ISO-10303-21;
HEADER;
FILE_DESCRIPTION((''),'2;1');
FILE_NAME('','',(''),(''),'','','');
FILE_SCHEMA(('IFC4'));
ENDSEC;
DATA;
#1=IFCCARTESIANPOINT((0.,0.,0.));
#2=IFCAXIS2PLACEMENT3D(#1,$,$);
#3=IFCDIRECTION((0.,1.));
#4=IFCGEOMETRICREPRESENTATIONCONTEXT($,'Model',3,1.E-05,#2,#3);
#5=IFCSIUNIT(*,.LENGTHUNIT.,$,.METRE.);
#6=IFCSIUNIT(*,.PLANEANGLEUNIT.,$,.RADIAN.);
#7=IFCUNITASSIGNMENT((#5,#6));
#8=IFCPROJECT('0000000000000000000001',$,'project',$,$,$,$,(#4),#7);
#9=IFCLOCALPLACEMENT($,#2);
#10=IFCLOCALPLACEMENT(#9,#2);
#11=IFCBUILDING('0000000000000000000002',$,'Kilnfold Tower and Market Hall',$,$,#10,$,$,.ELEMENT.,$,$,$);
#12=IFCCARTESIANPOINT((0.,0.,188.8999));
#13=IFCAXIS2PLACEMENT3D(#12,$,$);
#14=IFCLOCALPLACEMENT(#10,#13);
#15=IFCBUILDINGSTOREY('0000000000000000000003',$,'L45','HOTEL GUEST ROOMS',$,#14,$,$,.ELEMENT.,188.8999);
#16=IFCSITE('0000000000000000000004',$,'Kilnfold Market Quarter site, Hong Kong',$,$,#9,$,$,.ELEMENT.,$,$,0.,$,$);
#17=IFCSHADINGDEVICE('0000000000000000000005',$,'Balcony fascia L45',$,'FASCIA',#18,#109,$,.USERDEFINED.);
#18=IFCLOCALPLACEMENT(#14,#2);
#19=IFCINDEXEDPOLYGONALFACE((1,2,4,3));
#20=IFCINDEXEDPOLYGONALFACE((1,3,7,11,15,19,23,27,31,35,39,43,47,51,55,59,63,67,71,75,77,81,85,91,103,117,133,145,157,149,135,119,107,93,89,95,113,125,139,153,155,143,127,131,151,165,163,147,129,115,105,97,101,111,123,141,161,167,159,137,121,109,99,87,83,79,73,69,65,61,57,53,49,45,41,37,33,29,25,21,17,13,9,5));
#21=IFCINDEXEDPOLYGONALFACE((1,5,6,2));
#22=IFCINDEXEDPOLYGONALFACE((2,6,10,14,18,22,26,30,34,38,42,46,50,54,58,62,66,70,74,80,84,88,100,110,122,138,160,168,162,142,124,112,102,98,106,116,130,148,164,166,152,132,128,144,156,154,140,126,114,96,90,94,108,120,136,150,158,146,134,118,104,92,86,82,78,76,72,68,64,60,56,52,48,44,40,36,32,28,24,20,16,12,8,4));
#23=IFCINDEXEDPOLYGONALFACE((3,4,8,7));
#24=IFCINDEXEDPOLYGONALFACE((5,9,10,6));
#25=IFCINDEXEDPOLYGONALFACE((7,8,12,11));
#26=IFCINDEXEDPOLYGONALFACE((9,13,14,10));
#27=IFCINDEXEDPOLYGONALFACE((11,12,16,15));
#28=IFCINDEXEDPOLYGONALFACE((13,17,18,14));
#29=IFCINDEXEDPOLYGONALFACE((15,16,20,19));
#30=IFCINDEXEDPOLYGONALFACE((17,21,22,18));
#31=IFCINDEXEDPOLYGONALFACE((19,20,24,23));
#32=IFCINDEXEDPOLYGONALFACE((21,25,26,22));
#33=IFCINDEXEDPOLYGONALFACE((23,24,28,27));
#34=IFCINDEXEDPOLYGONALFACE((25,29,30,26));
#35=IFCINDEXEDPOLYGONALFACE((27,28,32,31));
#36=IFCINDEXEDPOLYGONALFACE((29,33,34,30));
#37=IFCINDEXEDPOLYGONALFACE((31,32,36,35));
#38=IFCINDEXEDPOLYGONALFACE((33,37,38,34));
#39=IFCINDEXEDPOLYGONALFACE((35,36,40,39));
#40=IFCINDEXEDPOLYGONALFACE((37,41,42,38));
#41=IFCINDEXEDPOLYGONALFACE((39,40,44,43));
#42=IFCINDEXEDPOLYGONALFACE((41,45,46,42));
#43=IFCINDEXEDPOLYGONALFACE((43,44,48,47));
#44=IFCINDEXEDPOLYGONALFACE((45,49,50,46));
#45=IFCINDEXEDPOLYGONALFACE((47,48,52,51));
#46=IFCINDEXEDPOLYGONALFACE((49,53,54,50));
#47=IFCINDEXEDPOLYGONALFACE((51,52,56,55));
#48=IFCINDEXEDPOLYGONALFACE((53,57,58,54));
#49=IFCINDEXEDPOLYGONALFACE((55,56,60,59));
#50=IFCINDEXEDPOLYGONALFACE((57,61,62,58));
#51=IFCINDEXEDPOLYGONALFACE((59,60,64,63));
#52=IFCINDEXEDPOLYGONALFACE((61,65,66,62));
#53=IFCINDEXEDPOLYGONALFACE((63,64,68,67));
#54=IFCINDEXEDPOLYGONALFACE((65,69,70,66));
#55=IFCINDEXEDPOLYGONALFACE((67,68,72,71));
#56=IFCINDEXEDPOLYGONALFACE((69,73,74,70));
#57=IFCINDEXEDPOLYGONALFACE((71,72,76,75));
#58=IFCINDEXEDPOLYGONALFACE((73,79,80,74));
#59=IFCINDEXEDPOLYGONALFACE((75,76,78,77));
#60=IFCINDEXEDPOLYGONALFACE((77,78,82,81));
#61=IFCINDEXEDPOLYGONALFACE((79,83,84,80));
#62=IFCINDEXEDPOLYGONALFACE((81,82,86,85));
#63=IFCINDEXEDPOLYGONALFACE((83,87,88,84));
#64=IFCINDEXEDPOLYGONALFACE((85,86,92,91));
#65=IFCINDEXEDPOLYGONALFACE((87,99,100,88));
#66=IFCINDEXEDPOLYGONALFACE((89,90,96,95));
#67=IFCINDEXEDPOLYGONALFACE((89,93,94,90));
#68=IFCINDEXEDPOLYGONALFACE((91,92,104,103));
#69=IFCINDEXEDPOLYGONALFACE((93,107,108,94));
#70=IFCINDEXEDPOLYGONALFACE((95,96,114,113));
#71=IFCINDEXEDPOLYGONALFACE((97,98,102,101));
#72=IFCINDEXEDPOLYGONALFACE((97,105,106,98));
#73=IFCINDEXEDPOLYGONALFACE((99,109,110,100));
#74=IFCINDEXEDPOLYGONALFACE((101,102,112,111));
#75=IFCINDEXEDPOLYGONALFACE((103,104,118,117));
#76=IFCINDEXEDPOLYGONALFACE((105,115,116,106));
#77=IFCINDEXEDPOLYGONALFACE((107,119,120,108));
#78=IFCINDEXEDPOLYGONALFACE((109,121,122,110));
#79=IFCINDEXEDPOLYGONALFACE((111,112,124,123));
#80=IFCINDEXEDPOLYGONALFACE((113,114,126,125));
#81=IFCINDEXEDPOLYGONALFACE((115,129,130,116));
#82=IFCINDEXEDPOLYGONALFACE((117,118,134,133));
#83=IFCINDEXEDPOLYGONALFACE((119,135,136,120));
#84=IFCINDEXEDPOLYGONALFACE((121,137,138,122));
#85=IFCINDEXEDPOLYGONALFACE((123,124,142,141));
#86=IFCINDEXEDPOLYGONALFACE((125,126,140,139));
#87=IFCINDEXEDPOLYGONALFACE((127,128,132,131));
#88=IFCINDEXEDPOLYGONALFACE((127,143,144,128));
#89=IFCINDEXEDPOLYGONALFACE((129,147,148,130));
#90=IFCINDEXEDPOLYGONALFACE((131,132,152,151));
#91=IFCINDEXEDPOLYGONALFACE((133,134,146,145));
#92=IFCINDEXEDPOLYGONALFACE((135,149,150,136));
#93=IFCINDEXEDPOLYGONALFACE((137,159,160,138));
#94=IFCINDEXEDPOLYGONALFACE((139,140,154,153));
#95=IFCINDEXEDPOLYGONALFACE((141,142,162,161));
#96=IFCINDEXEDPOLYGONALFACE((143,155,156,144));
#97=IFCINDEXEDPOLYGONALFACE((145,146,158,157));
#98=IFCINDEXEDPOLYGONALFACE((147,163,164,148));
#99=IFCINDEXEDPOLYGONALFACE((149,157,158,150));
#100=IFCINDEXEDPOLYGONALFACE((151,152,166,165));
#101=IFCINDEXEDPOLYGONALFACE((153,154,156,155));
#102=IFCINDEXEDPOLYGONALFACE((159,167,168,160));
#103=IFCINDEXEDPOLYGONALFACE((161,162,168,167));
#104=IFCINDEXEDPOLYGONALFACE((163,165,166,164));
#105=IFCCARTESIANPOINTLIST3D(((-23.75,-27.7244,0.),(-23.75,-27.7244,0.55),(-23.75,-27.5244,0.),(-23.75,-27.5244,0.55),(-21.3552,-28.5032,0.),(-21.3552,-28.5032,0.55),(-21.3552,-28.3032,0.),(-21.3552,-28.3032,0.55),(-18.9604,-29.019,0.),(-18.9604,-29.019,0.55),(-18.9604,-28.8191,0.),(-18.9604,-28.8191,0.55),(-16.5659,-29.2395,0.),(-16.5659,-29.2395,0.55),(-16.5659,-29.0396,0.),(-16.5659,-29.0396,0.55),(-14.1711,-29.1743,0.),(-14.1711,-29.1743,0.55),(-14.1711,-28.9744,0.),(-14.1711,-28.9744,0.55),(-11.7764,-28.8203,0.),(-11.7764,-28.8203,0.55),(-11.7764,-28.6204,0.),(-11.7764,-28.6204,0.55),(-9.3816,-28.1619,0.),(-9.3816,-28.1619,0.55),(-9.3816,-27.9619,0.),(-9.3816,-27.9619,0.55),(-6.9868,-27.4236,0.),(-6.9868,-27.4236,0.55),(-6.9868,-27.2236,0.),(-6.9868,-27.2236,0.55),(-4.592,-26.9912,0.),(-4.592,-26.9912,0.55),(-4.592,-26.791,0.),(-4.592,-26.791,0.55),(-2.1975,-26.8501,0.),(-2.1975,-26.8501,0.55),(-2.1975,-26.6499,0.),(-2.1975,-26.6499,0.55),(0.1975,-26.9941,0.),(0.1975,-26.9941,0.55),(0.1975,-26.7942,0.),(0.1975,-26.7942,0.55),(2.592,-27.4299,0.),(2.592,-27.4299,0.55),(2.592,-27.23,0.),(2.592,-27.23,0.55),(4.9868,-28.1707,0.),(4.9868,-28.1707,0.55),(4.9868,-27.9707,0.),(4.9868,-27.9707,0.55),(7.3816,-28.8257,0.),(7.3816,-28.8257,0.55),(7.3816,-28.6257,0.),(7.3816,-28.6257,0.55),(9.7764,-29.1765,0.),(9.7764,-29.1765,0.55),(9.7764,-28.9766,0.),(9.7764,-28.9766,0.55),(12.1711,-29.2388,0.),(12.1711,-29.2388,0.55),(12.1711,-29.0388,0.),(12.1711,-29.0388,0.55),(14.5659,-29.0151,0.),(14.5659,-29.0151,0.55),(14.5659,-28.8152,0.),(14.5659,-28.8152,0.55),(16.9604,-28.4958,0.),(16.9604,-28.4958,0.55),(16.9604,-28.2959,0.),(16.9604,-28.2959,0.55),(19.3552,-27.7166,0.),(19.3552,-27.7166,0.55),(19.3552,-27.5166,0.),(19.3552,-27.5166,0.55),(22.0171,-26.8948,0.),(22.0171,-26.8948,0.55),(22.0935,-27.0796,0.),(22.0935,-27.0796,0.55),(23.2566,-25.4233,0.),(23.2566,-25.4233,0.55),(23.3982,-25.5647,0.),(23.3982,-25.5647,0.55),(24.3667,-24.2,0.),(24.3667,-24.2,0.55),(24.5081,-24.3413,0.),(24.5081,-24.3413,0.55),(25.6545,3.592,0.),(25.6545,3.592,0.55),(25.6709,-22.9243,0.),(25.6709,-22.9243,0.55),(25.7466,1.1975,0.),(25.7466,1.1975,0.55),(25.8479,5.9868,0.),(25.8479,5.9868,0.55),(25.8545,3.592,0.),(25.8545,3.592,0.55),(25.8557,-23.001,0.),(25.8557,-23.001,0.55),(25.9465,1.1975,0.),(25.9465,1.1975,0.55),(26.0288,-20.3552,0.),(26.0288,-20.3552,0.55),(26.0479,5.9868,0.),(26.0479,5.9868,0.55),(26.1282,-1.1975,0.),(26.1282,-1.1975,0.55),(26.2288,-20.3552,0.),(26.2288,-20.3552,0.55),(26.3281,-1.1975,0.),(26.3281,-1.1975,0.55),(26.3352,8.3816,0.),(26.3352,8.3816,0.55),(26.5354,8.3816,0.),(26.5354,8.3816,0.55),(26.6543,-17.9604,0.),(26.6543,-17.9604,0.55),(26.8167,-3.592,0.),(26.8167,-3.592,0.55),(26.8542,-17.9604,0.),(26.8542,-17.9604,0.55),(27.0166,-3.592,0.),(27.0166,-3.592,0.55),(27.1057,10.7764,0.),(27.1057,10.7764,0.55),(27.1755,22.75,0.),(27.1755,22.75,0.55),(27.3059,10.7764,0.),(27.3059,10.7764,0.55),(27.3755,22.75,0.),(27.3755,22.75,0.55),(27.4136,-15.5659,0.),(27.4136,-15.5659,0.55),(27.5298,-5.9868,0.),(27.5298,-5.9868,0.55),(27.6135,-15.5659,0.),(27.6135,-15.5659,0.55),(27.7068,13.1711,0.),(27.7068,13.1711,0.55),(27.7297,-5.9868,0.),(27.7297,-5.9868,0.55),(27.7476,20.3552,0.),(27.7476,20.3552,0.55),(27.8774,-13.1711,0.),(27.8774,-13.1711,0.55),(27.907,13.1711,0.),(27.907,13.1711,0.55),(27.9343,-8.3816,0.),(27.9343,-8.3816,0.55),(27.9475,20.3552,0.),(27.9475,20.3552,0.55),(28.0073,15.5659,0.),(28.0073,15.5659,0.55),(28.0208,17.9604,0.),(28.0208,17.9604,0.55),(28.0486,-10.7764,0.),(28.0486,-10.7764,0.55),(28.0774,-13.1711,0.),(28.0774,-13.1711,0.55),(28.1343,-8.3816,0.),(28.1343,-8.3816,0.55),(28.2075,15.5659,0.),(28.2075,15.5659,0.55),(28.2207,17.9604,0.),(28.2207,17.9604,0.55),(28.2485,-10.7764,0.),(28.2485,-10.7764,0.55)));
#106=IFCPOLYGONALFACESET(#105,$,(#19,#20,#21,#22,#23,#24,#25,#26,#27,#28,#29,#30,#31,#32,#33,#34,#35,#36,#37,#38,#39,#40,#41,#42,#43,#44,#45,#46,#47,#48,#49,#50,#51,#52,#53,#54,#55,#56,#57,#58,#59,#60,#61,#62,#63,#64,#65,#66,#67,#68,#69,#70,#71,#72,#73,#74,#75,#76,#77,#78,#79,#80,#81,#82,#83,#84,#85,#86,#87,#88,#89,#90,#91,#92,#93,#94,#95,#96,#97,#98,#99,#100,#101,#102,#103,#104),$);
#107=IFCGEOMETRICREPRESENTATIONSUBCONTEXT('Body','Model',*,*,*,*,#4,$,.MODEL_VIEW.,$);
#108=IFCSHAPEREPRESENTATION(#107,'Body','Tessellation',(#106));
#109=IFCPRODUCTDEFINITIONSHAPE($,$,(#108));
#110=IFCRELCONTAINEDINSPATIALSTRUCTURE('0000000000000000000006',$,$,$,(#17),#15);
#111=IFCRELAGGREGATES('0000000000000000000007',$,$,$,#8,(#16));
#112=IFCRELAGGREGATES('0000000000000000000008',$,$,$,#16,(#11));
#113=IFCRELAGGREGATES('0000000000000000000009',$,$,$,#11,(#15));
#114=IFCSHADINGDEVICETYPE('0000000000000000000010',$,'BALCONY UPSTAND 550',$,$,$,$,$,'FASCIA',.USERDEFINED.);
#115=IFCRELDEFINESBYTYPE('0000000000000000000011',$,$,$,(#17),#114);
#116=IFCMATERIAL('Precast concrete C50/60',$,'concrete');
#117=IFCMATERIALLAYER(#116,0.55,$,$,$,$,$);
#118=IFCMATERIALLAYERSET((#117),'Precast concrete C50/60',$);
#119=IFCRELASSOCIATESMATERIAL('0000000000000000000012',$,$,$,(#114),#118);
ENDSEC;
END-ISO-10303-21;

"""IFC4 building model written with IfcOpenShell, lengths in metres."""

from ifc_helpers import new_model, si_unit, direction, frame, origin, place, context, subcontext, project, spatial, polyline, outline, extrude, source, transform, mapped, material, layer, layer_set, type_object, element, save


model = new_model("IFC4")

# Units and contexts
model_context = context("Model", 3, precision=1e-05, world=origin(), true_north=direction((0.0, 1.0)))
body_context = subcontext(model_context, "Body", "Model", "MODEL_VIEW")
ifc_project = project(units=[si_unit("LENGTHUNIT", "METRE"), si_unit("PLANEANGLEUNIT", "RADIAN")], contexts=[model_context])

# Site, building, storey
site_placement = place(None, origin())
site = spatial("IfcSite", under=ifc_project, at=site_placement, Name="Kilnfold Market Quarter site, Hong Kong", CompositionType="ELEMENT", RefElevation=0.0)
building_placement = place(site_placement, origin())
building = spatial("IfcBuilding", under=site, at=building_placement, Name="Kilnfold Tower and Market Hall", CompositionType="ELEMENT")
storey_placement = place(building_placement, frame((0.0, 0.0, 188.8999)))
storey = spatial("IfcBuildingStorey", under=building, at=storey_placement, Name="L45", Description="HOTEL GUEST ROOMS", CompositionType="ELEMENT", Elevation=188.8999)

# Shading device
ifc_material_1 = material(Name="Precast concrete C50/60", Category="concrete")
ifc_layer_1 = layer(ifc_material_1, 0.55)
ifc_layer_set_1 = layer_set([ifc_layer_1], Name="Precast concrete C50/60")
shading_device_type_1 = type_object("IfcShadingDeviceType", Name="BALCONY UPSTAND 550", ElementType="FASCIA", PredefinedType="USERDEFINED", material=ifc_layer_set_1)
shared_shape_1 = source(origin(), body_context, "Body", "SweptSolid", [
    extrude(outline(polyline([(-23.75, -27.7244), (-21.3552, -28.5032), (-18.9604, -29.019), (-16.5659, -29.2395), (-14.1711, -29.1743), (-11.7764, -28.8203), (-9.3816, -28.1619), (-6.9868, -27.4236), (-4.592, -26.9912), (-2.1975, -26.8501), (0.1975, -26.9941), (2.592, -27.4299), (4.9868, -28.1707), (7.3816, -28.8257), (9.7764, -29.1765), (12.1711, -29.2388), (14.5659, -29.0151), (16.9604, -28.4958), (19.3552, -27.7166), (22.0935, -27.0796), (23.3982, -25.5647), (24.5081, -24.3413), (25.8557, -23.001), (26.2288, -20.3552), (26.8542, -17.9604), (27.6135, -15.5659), (28.0774, -13.1711), (28.2485, -10.7764), (28.1343, -8.3816), (27.7297, -5.9868), (27.0166, -3.592), (26.3281, -1.1975), (25.9465, 1.1975), (25.8545, 3.592), (26.0479, 5.9868), (26.5354, 8.3816), (27.3059, 10.7764), (27.907, 13.1711), (28.2075, 15.5659), (28.2207, 17.9604), (27.9475, 20.3552), (27.3755, 22.75), (27.1755, 22.75), (27.7476, 20.3552), (28.0208, 17.9604), (28.0073, 15.5659), (27.7068, 13.1711), (27.1057, 10.7764), (26.3352, 8.3816), (25.8479, 5.9868), (25.6545, 3.592), (25.7466, 1.1975), (26.1282, -1.1975), (26.8167, -3.592), (27.5298, -5.9868), (27.9343, -8.3816), (28.0486, -10.7764), (27.8774, -13.1711), (27.4136, -15.5659), (26.6543, -17.9604), (26.0288, -20.3552), (25.6709, -22.9243), (24.3667, -24.2), (23.2566, -25.4233), (22.0171, -26.8948), (19.3552, -27.5166), (16.9604, -28.2959), (14.5659, -28.8152), (12.1711, -29.0388), (9.7764, -28.9766), (7.3816, -28.6257), (4.9868, -27.9707), (2.592, -27.23), (0.1975, -26.7942), (-2.1975, -26.6499), (-4.592, -26.791), (-6.9868, -27.2236), (-9.3816, -27.9619), (-11.7764, -28.6204), (-14.1711, -28.9744), (-16.5659, -29.0396), (-18.9604, -28.8191), (-21.3552, -28.3032), (-23.75, -27.5244), (-23.75, -27.7244)])), origin(), (0.0, 0.0, 1.0), 0.55),
])
shading_device_1_placement = place(storey_placement, origin())
element("IfcShadingDevice", 1, at=shading_device_1_placement, inside=storey, type_object=shading_device_type_1, Name="Balcony fascia L45", ObjectType="FASCIA", PredefinedType="USERDEFINED", context=body_context, shape_type="MappedRepresentation", body=[
    mapped(shared_shape_1, transform((0.0, 0.0, 0.0))),
])

save(model, "model.ifc")
